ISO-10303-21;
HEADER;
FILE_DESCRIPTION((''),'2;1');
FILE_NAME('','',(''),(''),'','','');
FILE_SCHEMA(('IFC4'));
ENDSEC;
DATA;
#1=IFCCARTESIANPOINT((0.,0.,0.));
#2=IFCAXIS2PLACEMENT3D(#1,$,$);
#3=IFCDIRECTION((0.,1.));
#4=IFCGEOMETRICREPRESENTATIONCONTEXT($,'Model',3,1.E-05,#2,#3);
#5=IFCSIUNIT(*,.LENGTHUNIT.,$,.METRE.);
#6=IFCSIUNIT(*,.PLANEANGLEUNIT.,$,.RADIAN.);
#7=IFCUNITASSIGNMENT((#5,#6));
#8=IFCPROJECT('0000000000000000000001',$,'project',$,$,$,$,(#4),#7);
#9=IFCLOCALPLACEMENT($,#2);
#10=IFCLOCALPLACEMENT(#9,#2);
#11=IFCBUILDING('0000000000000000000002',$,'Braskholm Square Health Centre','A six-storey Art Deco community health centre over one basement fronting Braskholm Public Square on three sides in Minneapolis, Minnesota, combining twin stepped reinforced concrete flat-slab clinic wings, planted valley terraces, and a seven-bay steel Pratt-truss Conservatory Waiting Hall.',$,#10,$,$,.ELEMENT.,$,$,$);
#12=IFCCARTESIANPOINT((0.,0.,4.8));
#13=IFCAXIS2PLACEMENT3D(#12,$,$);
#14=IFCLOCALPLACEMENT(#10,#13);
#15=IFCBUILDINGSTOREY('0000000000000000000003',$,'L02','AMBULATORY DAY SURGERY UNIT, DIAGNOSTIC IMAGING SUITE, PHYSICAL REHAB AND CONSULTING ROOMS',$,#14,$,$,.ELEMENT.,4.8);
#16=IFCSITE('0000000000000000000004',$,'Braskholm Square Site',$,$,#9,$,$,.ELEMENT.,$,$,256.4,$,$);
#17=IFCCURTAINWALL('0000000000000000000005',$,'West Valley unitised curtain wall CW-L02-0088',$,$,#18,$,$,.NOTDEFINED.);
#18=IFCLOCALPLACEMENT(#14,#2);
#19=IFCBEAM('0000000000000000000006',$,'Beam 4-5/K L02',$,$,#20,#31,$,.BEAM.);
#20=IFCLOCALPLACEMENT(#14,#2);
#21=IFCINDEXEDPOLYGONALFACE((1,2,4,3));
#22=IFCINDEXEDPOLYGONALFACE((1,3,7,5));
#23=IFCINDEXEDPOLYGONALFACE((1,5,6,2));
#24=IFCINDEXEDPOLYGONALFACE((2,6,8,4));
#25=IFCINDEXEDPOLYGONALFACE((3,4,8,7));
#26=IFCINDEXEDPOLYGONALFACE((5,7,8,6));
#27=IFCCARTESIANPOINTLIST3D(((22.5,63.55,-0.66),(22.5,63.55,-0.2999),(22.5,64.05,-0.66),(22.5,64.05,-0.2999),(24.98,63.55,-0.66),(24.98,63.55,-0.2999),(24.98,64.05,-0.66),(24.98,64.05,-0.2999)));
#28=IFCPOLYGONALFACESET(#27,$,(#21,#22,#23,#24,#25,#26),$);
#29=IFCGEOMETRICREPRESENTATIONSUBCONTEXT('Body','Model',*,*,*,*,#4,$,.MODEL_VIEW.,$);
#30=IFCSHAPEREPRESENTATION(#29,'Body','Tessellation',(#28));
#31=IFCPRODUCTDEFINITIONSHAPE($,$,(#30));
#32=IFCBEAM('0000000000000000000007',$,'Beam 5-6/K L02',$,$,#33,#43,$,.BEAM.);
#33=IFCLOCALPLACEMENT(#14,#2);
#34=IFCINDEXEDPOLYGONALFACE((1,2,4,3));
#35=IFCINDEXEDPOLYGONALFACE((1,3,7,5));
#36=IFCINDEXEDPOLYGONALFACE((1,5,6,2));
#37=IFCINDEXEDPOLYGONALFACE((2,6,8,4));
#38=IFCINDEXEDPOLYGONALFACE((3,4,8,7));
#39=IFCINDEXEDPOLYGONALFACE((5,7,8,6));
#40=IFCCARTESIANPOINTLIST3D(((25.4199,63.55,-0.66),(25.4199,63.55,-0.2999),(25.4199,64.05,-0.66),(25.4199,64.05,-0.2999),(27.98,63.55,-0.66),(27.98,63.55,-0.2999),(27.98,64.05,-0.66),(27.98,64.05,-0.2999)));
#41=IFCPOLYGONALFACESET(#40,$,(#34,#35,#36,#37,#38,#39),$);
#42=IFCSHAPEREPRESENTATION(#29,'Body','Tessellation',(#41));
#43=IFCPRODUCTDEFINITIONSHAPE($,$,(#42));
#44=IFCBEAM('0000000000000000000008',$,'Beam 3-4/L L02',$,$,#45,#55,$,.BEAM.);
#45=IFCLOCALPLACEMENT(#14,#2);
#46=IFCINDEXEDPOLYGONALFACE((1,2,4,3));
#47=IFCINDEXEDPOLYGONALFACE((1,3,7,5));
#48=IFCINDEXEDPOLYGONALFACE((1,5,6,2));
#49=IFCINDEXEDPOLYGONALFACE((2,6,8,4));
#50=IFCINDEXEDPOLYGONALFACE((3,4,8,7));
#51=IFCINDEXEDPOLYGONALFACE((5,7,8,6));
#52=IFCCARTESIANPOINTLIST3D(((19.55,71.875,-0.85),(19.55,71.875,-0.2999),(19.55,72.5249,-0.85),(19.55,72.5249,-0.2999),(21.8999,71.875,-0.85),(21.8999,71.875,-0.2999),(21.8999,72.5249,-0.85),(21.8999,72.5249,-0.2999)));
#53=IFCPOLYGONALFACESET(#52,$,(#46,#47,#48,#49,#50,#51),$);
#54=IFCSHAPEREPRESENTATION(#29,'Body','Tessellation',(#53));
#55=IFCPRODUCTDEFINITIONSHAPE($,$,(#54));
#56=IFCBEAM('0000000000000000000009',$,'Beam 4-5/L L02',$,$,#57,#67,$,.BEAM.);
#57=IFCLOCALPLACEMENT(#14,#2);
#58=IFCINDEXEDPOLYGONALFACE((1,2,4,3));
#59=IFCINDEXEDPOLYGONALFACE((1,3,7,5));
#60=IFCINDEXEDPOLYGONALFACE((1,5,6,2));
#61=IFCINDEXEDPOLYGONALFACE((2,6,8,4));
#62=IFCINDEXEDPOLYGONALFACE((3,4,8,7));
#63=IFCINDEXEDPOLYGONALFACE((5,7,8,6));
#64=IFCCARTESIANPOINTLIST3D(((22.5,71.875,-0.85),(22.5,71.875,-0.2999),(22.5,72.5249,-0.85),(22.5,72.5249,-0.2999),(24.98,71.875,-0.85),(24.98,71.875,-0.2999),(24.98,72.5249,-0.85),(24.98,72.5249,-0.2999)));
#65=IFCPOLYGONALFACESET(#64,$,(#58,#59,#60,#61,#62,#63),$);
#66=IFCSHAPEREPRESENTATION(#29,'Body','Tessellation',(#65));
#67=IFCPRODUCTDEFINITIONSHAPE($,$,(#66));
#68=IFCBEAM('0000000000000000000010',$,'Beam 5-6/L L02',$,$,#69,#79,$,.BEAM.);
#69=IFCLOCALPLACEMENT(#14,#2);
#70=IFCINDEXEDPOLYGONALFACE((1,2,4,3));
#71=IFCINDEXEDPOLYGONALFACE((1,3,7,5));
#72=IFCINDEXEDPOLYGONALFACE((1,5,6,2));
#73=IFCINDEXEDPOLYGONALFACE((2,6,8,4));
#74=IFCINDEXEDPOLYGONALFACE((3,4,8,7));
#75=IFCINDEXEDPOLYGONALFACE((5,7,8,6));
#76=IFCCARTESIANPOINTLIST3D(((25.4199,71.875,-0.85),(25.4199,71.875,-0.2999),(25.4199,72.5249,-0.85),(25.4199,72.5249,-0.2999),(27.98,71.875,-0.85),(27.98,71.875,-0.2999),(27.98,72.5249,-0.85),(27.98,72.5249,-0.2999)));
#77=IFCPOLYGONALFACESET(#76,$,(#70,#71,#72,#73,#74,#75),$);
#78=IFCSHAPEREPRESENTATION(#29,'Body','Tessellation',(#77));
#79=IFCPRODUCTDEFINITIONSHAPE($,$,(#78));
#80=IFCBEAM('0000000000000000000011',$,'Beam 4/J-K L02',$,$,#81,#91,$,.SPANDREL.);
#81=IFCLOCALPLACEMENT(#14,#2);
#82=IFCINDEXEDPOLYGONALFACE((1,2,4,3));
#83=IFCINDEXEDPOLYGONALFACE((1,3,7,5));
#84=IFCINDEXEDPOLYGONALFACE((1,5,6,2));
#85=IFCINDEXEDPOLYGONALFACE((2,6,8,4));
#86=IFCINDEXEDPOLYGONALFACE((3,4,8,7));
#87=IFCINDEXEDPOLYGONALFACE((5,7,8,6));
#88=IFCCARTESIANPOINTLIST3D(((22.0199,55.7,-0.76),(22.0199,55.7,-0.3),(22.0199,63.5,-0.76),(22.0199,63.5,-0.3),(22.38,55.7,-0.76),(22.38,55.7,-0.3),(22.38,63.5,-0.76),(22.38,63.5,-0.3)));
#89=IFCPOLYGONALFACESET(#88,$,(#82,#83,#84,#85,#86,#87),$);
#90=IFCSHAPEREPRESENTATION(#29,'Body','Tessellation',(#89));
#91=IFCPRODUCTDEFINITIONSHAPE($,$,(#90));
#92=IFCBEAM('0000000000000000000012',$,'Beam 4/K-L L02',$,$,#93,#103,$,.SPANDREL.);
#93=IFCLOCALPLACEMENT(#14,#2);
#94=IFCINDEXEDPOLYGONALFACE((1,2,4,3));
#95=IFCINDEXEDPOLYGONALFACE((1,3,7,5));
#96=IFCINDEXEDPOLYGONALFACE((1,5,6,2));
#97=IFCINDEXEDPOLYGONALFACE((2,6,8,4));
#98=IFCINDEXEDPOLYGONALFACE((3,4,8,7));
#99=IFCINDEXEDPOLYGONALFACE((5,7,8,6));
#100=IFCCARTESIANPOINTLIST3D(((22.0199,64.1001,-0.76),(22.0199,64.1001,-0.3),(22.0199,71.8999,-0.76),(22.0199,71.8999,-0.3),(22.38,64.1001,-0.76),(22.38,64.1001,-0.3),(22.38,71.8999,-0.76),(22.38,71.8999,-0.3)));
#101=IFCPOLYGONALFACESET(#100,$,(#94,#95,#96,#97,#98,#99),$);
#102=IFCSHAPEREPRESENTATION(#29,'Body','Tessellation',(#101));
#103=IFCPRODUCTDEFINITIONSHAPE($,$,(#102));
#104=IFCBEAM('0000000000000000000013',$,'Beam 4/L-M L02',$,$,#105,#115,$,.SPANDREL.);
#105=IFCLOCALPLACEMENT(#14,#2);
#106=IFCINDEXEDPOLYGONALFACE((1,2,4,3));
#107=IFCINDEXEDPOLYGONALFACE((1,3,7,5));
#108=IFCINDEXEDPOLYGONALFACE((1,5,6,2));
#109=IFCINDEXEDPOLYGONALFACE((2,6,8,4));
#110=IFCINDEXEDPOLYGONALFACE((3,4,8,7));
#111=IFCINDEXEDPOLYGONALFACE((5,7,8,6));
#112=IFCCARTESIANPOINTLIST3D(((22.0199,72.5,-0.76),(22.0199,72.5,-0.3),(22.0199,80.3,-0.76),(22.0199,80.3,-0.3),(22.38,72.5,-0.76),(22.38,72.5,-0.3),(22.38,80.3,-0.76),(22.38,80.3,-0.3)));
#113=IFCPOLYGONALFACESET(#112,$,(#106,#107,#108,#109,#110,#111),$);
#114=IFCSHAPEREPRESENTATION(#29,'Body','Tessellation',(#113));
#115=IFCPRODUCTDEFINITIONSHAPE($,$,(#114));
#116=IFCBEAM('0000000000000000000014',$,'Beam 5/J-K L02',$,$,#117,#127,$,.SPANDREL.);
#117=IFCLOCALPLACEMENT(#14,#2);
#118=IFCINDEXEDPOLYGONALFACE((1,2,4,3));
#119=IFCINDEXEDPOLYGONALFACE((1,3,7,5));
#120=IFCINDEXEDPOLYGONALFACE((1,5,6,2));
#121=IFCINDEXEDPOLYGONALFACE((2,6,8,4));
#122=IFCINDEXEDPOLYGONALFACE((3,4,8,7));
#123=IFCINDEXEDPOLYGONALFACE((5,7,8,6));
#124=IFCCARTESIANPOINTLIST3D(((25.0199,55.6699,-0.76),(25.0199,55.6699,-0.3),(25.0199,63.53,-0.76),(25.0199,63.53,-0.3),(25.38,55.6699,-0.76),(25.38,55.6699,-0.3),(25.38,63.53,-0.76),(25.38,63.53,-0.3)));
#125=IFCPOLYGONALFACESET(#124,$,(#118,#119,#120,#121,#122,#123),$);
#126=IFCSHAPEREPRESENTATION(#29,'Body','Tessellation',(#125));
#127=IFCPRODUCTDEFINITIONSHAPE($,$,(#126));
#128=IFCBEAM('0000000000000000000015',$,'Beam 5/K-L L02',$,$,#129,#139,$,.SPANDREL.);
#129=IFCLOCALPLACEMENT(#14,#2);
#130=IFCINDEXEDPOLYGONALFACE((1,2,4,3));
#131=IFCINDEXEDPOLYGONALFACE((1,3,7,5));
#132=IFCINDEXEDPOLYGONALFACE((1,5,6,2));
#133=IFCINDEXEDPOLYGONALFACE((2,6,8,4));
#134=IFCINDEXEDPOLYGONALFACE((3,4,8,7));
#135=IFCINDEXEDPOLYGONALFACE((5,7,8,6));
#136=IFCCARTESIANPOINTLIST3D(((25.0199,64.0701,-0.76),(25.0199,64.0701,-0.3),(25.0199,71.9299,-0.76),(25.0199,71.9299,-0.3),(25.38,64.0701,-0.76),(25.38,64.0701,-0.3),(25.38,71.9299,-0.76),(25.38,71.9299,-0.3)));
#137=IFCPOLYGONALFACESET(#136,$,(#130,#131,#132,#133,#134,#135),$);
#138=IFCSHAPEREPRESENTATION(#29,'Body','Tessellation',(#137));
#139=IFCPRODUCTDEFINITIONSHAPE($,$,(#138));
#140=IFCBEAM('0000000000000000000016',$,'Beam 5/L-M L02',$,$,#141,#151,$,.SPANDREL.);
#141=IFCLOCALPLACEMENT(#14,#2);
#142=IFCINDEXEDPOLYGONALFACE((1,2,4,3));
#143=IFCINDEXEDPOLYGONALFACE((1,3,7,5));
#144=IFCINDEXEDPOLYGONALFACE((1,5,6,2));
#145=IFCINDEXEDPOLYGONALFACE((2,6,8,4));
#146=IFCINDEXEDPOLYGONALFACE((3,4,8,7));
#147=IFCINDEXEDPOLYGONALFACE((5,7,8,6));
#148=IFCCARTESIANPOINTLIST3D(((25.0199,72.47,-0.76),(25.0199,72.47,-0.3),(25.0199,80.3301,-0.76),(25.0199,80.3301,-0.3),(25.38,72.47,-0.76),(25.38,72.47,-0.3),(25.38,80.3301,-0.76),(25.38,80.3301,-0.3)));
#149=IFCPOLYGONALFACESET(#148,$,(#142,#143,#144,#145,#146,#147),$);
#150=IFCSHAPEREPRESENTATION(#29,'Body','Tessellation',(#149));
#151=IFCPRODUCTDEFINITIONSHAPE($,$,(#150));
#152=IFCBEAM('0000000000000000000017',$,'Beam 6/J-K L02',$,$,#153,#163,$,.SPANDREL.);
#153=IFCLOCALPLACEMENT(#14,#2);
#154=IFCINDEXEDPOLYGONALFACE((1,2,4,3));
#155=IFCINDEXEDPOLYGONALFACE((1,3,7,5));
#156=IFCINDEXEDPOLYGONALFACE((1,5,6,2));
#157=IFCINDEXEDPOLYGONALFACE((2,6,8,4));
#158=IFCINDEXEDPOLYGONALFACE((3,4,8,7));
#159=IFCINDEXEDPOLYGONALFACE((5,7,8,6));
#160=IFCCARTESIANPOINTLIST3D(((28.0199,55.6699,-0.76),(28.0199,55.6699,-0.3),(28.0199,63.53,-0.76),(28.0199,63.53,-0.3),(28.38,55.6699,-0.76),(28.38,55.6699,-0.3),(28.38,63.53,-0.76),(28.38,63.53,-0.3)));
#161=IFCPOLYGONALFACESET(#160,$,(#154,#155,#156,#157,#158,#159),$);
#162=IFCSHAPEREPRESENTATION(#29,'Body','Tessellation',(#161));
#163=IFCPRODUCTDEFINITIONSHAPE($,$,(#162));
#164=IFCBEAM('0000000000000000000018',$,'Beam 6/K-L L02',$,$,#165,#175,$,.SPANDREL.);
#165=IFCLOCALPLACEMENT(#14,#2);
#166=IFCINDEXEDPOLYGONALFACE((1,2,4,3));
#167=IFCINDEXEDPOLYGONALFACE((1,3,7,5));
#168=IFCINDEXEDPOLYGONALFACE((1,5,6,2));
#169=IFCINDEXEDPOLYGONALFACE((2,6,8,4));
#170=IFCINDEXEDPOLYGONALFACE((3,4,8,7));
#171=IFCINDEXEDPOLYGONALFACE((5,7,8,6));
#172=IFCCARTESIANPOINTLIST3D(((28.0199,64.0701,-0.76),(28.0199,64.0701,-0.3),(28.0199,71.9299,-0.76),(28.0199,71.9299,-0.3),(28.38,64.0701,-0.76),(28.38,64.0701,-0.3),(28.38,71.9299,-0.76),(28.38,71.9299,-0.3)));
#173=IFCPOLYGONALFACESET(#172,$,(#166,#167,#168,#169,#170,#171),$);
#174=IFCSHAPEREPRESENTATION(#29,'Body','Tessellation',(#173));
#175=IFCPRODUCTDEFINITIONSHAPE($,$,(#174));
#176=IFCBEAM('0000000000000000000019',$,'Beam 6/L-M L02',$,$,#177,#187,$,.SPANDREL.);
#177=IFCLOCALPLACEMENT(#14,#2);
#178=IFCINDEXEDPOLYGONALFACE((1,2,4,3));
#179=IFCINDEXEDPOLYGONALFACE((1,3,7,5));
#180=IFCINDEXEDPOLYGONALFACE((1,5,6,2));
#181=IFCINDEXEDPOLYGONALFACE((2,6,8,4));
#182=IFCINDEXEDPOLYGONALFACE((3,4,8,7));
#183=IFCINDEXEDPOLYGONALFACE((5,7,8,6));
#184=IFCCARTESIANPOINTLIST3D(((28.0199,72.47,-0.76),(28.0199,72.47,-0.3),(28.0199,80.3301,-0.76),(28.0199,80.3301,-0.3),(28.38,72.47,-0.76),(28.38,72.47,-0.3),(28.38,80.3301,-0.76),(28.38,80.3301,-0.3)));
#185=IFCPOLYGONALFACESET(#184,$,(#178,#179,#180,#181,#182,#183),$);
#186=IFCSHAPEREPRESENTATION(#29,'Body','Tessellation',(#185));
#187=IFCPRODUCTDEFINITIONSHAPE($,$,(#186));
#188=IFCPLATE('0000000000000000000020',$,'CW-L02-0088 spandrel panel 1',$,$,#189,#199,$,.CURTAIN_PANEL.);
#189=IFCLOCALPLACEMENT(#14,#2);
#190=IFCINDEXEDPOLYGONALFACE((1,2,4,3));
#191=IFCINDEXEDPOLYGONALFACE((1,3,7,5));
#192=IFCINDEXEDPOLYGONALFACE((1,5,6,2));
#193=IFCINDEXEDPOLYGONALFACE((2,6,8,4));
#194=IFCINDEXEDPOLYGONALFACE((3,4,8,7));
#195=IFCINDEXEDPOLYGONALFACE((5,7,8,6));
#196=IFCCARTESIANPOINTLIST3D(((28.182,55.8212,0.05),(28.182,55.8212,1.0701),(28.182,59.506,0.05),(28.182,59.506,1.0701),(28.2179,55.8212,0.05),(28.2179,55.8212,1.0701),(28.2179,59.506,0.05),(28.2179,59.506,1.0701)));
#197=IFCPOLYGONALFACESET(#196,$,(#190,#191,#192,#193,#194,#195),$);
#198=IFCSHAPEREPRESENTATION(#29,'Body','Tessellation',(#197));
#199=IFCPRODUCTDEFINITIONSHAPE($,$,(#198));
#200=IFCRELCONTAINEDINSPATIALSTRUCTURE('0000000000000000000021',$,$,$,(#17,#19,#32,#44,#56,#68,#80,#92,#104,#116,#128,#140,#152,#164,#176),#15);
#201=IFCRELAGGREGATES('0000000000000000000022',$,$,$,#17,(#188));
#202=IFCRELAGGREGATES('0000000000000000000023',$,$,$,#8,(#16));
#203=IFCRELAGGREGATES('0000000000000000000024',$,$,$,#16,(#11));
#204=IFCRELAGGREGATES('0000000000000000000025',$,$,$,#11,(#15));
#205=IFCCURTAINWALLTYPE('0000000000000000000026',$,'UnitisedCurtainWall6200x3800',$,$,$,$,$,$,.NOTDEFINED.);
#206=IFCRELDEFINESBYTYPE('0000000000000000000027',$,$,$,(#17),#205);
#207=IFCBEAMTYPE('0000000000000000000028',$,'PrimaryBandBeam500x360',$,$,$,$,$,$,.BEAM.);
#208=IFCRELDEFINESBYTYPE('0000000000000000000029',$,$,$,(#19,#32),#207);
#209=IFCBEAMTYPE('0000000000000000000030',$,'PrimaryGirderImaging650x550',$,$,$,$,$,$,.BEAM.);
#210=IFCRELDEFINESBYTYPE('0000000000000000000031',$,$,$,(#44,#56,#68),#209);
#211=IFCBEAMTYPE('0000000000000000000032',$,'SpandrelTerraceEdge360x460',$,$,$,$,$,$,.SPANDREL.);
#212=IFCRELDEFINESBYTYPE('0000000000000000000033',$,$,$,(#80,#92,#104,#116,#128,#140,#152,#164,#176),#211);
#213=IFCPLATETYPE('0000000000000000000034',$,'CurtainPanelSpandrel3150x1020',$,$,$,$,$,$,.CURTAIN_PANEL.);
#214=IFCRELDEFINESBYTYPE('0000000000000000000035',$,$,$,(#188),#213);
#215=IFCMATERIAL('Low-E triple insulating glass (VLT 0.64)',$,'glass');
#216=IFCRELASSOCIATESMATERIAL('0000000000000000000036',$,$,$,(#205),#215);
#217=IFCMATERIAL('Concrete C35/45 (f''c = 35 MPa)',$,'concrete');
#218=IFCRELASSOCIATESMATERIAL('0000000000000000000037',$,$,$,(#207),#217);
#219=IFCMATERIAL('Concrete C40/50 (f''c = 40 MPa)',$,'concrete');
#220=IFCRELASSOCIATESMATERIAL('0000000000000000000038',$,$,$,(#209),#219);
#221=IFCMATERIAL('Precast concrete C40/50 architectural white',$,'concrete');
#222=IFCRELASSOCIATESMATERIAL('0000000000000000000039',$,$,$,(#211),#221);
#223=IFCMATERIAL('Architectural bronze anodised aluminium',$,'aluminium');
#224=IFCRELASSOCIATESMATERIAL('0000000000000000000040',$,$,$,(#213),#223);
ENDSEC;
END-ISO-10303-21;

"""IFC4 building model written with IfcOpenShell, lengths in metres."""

from ifc_helpers import new_model, si_unit, direction, frame, origin, origin_2d, place, context, subcontext, project, spatial, rectangle, extrude, material, material_profile, profile_set, type_object, element, aggregate, save


model = new_model("IFC4")

# Units and contexts
model_context = context("Model", 3, precision=1e-05, world=origin(), true_north=direction((0.0, 1.0)))
body_context = subcontext(model_context, "Body", "Model", "MODEL_VIEW")
ifc_project = project(units=[si_unit("LENGTHUNIT", "METRE"), si_unit("PLANEANGLEUNIT", "RADIAN")], contexts=[model_context])

# Site, building, storey
site_placement = place(None, origin())
site = spatial("IfcSite", under=ifc_project, at=site_placement, Name="Braskholm Square Site", CompositionType="ELEMENT", RefElevation=256.4)
building_placement = place(site_placement, origin())
building = spatial("IfcBuilding", under=site, at=building_placement, Name="Braskholm Square Health Centre", Description="A six-storey Art Deco community health centre over one basement fronting Braskholm Public Square on three sides in Minneapolis, Minnesota, combining twin stepped reinforced concrete flat-slab clinic wings, planted valley terraces, and a seven-bay steel Pratt-truss Conservatory Waiting Hall.", CompositionType="ELEMENT")
storey_placement = place(building_placement, frame((0.0, 0.0, 4.8)))
storey = spatial("IfcBuildingStorey", under=building, at=storey_placement, Name="L02", Description="AMBULATORY DAY SURGERY UNIT, DIAGNOSTIC IMAGING SUITE, PHYSICAL REHAB AND CONSULTING ROOMS", CompositionType="ELEMENT", Elevation=4.8)

# Shared definitions
ifc_material_1 = material(Name="Concrete C40/50 (f'c = 40 MPa)", Category="concrete")
ifc_material_2 = material(Name="Precast concrete C40/50 architectural white", Category="concrete")

# Curtain wall
ifc_material_3 = material(Name="Low-E triple insulating glass (VLT 0.64)", Category="glass")
curtain_wall_type_1 = type_object("IfcCurtainWallType", Name="UnitisedCurtainWall6200x3800", PredefinedType="NOTDEFINED", material=ifc_material_3)
curtain_wall_1_placement = place(storey_placement, origin())
curtain_wall_1 = element("IfcCurtainWall", 1, at=curtain_wall_1_placement, inside=storey, type_object=curtain_wall_type_1, Name="West Valley unitised curtain wall CW-L02-0088", PredefinedType="NOTDEFINED")
ifc_material_4 = material(Name="Architectural bronze anodised aluminium", Category="aluminium")

# Beams
ifc_material_5 = material(Name="Concrete C35/45 (f'c = 35 MPa)", Category="concrete")
ifc_material_profile_1 = material_profile(ifc_material_5, rectangle(XDim=0.5, YDim=0.3601, at=origin_2d()), Name="RCB-500X360")
ifc_profile_set_1 = profile_set([ifc_material_profile_1], Name="Concrete C35/45 (f'c = 35 MPa)")
beam_type_1 = type_object("IfcBeamType", Name="PrimaryBandBeam500x360", PredefinedType="BEAM", material=ifc_profile_set_1)
beam_1_placement = place(storey_placement, frame((22.5, 63.8, -0.48), z_axis=(1.0, 0.0, 0.0), x_axis=(0.0, 1.0, 0.0)))
element("IfcBeam", 2, at=beam_1_placement, inside=storey, type_object=beam_type_1, Name="Beam 4-5/K L02", PredefinedType="BEAM", context=body_context, shape_type="SweptSolid", body=[
    extrude(rectangle(XDim=0.5, YDim=0.3601, at=origin_2d()), origin(), (0.0, 0.0, 1.0), 2.48),
])
beam_2_placement = place(storey_placement, frame((25.4199, 63.8, -0.48), z_axis=(1.0, 0.0, 0.0), x_axis=(0.0, 1.0, 0.0)))
element("IfcBeam", 3, at=beam_2_placement, inside=storey, type_object=beam_type_1, Name="Beam 5-6/K L02", PredefinedType="BEAM", context=body_context, shape_type="SweptSolid", body=[
    extrude(rectangle(XDim=0.5, YDim=0.3601, at=origin_2d()), origin(), (0.0, 0.0, 1.0), 2.5601),
])
ifc_material_profile_2 = material_profile(ifc_material_1, rectangle(XDim=0.6499, YDim=0.55, at=origin_2d()), Name="RCB-650X550")
ifc_profile_set_2 = profile_set([ifc_material_profile_2], Name="Concrete C40/50 (f'c = 40 MPa)")
beam_type_2 = type_object("IfcBeamType", Name="PrimaryGirderImaging650x550", PredefinedType="BEAM", material=ifc_profile_set_2)
beam_3_placement = place(storey_placement, frame((19.55, 72.2, -0.575), z_axis=(1.0, 0.0, 0.0), x_axis=(0.0, 1.0, 0.0)))
element("IfcBeam", 4, at=beam_3_placement, inside=storey, type_object=beam_type_2, Name="Beam 3-4/L L02", PredefinedType="BEAM", context=body_context, shape_type="SweptSolid", body=[
    extrude(rectangle(XDim=0.6499, YDim=0.55, at=origin_2d()), origin(), (0.0, 0.0, 1.0), 2.3499),
])
beam_4_placement = place(storey_placement, frame((22.5, 72.2, -0.575), z_axis=(1.0, 0.0, 0.0), x_axis=(0.0, 1.0, 0.0)))
element("IfcBeam", 5, at=beam_4_placement, inside=storey, type_object=beam_type_2, Name="Beam 4-5/L L02", PredefinedType="BEAM", context=body_context, shape_type="SweptSolid", body=[
    extrude(rectangle(XDim=0.6499, YDim=0.55, at=origin_2d()), origin(), (0.0, 0.0, 1.0), 2.48),
])
beam_5_placement = place(storey_placement, frame((25.4199, 72.2, -0.575), z_axis=(1.0, 0.0, 0.0), x_axis=(0.0, 1.0, 0.0)))
element("IfcBeam", 6, at=beam_5_placement, inside=storey, type_object=beam_type_2, Name="Beam 5-6/L L02", PredefinedType="BEAM", context=body_context, shape_type="SweptSolid", body=[
    extrude(rectangle(XDim=0.6499, YDim=0.55, at=origin_2d()), origin(), (0.0, 0.0, 1.0), 2.5601),
])
ifc_material_profile_3 = material_profile(ifc_material_2, rectangle(XDim=0.3601, YDim=0.46, at=origin_2d()), Name="RCB-360X460")
ifc_profile_set_3 = profile_set([ifc_material_profile_3], Name="Precast concrete C40/50 architectural white")
beam_type_3 = type_object("IfcBeamType", Name="SpandrelTerraceEdge360x460", PredefinedType="SPANDREL", material=ifc_profile_set_3)
beam_6_placement = place(storey_placement, frame((22.2, 55.7, -0.53), z_axis=(0.0, 1.0, 0.0), x_axis=(-1.0, 0.0, 0.0)))
element("IfcBeam", 7, at=beam_6_placement, inside=storey, type_object=beam_type_3, Name="Beam 4/J-K L02", PredefinedType="SPANDREL", context=body_context, shape_type="SweptSolid", body=[
    extrude(rectangle(XDim=0.3601, YDim=0.46, at=origin_2d()), origin(), (0.0, 0.0, 1.0), 7.8),
])
beam_7_placement = place(storey_placement, frame((22.2, 64.1001, -0.53), z_axis=(0.0, 1.0, 0.0), x_axis=(-1.0, 0.0, 0.0)))
element("IfcBeam", 8, at=beam_7_placement, inside=storey, type_object=beam_type_3, Name="Beam 4/K-L L02", PredefinedType="SPANDREL", context=body_context, shape_type="SweptSolid", body=[
    extrude(rectangle(XDim=0.3601, YDim=0.46, at=origin_2d()), origin(), (0.0, 0.0, 1.0), 7.7998),
])
beam_8_placement = place(storey_placement, frame((22.2, 72.5, -0.53), z_axis=(0.0, 1.0, 0.0), x_axis=(-1.0, 0.0, 0.0)))
element("IfcBeam", 9, at=beam_8_placement, inside=storey, type_object=beam_type_3, Name="Beam 4/L-M L02", PredefinedType="SPANDREL", context=body_context, shape_type="SweptSolid", body=[
    extrude(rectangle(XDim=0.3601, YDim=0.46, at=origin_2d()), origin(), (0.0, 0.0, 1.0), 7.8),
])
beam_9_placement = place(storey_placement, frame((25.2, 55.6699, -0.53), z_axis=(0.0, 1.0, 0.0), x_axis=(-1.0, 0.0, 0.0)))
element("IfcBeam", 10, at=beam_9_placement, inside=storey, type_object=beam_type_3, Name="Beam 5/J-K L02", PredefinedType="SPANDREL", context=body_context, shape_type="SweptSolid", body=[
    extrude(rectangle(XDim=0.3601, YDim=0.46, at=origin_2d()), origin(), (0.0, 0.0, 1.0), 7.8601),
])
beam_10_placement = place(storey_placement, frame((25.2, 64.0701, -0.53), z_axis=(0.0, 1.0, 0.0), x_axis=(-1.0, 0.0, 0.0)))
element("IfcBeam", 11, at=beam_10_placement, inside=storey, type_object=beam_type_3, Name="Beam 5/K-L L02", PredefinedType="SPANDREL", context=body_context, shape_type="SweptSolid", body=[
    extrude(rectangle(XDim=0.3601, YDim=0.46, at=origin_2d()), origin(), (0.0, 0.0, 1.0), 7.8599),
])
for number, where, z_axis, x_axis, name in (
    (12, (25.2, 72.47, -0.53), (0.0, 1.0, 0.0), (-1.0, 0.0, 0.0), "Beam 5/L-M L02"),
    (13, (28.2, 55.6699, -0.53), (0.0, 1.0, 0.0), (-1.0, 0.0, 0.0), "Beam 6/J-K L02"),
):
    element("IfcBeam", number, at=place(storey_placement, frame(where, z_axis=z_axis, x_axis=x_axis)), inside=storey, type_object=beam_type_3, Name=name, PredefinedType="SPANDREL", context=body_context, shape_type="SweptSolid", body=[
        extrude(rectangle(XDim=0.3601, YDim=0.46, at=origin_2d()), origin(), (0.0, 0.0, 1.0), 7.8601),
    ])
beam_11_placement = place(storey_placement, frame((28.2, 64.0701, -0.53), z_axis=(0.0, 1.0, 0.0), x_axis=(-1.0, 0.0, 0.0)))
element("IfcBeam", 14, at=beam_11_placement, inside=storey, type_object=beam_type_3, Name="Beam 6/K-L L02", PredefinedType="SPANDREL", context=body_context, shape_type="SweptSolid", body=[
    extrude(rectangle(XDim=0.3601, YDim=0.46, at=origin_2d()), origin(), (0.0, 0.0, 1.0), 7.8599),
])
beam_12_placement = place(storey_placement, frame((28.2, 72.47, -0.53), z_axis=(0.0, 1.0, 0.0), x_axis=(-1.0, 0.0, 0.0)))
element("IfcBeam", 15, at=beam_12_placement, inside=storey, type_object=beam_type_3, Name="Beam 6/L-M L02", PredefinedType="SPANDREL", context=body_context, shape_type="SweptSolid", body=[
    extrude(rectangle(XDim=0.3601, YDim=0.46, at=origin_2d()), origin(), (0.0, 0.0, 1.0), 7.8601),
])

# Plate
plate_type_1 = type_object("IfcPlateType", Name="CurtainPanelSpandrel3150x1020", PredefinedType="CURTAIN_PANEL", material=ifc_material_4)
plate_1_placement = place(storey_placement, frame((28.2, 57.6636, 0.05), z_axis=(0.0, 0.0, 1.0), x_axis=(0.0, 1.0, 0.0)))
plate_1 = element("IfcPlate", 16, at=plate_1_placement, type_object=plate_type_1, Name="CW-L02-0088 spandrel panel 1", PredefinedType="CURTAIN_PANEL", context=body_context, shape_type="SweptSolid", body=[
    extrude(rectangle(XDim=3.6848, YDim=0.0359, at=origin_2d()), origin(), (0.0, 0.0, 1.0), 1.02),
])
aggregate(curtain_wall_1, [plate_1])

save(model, "model.ifc")
